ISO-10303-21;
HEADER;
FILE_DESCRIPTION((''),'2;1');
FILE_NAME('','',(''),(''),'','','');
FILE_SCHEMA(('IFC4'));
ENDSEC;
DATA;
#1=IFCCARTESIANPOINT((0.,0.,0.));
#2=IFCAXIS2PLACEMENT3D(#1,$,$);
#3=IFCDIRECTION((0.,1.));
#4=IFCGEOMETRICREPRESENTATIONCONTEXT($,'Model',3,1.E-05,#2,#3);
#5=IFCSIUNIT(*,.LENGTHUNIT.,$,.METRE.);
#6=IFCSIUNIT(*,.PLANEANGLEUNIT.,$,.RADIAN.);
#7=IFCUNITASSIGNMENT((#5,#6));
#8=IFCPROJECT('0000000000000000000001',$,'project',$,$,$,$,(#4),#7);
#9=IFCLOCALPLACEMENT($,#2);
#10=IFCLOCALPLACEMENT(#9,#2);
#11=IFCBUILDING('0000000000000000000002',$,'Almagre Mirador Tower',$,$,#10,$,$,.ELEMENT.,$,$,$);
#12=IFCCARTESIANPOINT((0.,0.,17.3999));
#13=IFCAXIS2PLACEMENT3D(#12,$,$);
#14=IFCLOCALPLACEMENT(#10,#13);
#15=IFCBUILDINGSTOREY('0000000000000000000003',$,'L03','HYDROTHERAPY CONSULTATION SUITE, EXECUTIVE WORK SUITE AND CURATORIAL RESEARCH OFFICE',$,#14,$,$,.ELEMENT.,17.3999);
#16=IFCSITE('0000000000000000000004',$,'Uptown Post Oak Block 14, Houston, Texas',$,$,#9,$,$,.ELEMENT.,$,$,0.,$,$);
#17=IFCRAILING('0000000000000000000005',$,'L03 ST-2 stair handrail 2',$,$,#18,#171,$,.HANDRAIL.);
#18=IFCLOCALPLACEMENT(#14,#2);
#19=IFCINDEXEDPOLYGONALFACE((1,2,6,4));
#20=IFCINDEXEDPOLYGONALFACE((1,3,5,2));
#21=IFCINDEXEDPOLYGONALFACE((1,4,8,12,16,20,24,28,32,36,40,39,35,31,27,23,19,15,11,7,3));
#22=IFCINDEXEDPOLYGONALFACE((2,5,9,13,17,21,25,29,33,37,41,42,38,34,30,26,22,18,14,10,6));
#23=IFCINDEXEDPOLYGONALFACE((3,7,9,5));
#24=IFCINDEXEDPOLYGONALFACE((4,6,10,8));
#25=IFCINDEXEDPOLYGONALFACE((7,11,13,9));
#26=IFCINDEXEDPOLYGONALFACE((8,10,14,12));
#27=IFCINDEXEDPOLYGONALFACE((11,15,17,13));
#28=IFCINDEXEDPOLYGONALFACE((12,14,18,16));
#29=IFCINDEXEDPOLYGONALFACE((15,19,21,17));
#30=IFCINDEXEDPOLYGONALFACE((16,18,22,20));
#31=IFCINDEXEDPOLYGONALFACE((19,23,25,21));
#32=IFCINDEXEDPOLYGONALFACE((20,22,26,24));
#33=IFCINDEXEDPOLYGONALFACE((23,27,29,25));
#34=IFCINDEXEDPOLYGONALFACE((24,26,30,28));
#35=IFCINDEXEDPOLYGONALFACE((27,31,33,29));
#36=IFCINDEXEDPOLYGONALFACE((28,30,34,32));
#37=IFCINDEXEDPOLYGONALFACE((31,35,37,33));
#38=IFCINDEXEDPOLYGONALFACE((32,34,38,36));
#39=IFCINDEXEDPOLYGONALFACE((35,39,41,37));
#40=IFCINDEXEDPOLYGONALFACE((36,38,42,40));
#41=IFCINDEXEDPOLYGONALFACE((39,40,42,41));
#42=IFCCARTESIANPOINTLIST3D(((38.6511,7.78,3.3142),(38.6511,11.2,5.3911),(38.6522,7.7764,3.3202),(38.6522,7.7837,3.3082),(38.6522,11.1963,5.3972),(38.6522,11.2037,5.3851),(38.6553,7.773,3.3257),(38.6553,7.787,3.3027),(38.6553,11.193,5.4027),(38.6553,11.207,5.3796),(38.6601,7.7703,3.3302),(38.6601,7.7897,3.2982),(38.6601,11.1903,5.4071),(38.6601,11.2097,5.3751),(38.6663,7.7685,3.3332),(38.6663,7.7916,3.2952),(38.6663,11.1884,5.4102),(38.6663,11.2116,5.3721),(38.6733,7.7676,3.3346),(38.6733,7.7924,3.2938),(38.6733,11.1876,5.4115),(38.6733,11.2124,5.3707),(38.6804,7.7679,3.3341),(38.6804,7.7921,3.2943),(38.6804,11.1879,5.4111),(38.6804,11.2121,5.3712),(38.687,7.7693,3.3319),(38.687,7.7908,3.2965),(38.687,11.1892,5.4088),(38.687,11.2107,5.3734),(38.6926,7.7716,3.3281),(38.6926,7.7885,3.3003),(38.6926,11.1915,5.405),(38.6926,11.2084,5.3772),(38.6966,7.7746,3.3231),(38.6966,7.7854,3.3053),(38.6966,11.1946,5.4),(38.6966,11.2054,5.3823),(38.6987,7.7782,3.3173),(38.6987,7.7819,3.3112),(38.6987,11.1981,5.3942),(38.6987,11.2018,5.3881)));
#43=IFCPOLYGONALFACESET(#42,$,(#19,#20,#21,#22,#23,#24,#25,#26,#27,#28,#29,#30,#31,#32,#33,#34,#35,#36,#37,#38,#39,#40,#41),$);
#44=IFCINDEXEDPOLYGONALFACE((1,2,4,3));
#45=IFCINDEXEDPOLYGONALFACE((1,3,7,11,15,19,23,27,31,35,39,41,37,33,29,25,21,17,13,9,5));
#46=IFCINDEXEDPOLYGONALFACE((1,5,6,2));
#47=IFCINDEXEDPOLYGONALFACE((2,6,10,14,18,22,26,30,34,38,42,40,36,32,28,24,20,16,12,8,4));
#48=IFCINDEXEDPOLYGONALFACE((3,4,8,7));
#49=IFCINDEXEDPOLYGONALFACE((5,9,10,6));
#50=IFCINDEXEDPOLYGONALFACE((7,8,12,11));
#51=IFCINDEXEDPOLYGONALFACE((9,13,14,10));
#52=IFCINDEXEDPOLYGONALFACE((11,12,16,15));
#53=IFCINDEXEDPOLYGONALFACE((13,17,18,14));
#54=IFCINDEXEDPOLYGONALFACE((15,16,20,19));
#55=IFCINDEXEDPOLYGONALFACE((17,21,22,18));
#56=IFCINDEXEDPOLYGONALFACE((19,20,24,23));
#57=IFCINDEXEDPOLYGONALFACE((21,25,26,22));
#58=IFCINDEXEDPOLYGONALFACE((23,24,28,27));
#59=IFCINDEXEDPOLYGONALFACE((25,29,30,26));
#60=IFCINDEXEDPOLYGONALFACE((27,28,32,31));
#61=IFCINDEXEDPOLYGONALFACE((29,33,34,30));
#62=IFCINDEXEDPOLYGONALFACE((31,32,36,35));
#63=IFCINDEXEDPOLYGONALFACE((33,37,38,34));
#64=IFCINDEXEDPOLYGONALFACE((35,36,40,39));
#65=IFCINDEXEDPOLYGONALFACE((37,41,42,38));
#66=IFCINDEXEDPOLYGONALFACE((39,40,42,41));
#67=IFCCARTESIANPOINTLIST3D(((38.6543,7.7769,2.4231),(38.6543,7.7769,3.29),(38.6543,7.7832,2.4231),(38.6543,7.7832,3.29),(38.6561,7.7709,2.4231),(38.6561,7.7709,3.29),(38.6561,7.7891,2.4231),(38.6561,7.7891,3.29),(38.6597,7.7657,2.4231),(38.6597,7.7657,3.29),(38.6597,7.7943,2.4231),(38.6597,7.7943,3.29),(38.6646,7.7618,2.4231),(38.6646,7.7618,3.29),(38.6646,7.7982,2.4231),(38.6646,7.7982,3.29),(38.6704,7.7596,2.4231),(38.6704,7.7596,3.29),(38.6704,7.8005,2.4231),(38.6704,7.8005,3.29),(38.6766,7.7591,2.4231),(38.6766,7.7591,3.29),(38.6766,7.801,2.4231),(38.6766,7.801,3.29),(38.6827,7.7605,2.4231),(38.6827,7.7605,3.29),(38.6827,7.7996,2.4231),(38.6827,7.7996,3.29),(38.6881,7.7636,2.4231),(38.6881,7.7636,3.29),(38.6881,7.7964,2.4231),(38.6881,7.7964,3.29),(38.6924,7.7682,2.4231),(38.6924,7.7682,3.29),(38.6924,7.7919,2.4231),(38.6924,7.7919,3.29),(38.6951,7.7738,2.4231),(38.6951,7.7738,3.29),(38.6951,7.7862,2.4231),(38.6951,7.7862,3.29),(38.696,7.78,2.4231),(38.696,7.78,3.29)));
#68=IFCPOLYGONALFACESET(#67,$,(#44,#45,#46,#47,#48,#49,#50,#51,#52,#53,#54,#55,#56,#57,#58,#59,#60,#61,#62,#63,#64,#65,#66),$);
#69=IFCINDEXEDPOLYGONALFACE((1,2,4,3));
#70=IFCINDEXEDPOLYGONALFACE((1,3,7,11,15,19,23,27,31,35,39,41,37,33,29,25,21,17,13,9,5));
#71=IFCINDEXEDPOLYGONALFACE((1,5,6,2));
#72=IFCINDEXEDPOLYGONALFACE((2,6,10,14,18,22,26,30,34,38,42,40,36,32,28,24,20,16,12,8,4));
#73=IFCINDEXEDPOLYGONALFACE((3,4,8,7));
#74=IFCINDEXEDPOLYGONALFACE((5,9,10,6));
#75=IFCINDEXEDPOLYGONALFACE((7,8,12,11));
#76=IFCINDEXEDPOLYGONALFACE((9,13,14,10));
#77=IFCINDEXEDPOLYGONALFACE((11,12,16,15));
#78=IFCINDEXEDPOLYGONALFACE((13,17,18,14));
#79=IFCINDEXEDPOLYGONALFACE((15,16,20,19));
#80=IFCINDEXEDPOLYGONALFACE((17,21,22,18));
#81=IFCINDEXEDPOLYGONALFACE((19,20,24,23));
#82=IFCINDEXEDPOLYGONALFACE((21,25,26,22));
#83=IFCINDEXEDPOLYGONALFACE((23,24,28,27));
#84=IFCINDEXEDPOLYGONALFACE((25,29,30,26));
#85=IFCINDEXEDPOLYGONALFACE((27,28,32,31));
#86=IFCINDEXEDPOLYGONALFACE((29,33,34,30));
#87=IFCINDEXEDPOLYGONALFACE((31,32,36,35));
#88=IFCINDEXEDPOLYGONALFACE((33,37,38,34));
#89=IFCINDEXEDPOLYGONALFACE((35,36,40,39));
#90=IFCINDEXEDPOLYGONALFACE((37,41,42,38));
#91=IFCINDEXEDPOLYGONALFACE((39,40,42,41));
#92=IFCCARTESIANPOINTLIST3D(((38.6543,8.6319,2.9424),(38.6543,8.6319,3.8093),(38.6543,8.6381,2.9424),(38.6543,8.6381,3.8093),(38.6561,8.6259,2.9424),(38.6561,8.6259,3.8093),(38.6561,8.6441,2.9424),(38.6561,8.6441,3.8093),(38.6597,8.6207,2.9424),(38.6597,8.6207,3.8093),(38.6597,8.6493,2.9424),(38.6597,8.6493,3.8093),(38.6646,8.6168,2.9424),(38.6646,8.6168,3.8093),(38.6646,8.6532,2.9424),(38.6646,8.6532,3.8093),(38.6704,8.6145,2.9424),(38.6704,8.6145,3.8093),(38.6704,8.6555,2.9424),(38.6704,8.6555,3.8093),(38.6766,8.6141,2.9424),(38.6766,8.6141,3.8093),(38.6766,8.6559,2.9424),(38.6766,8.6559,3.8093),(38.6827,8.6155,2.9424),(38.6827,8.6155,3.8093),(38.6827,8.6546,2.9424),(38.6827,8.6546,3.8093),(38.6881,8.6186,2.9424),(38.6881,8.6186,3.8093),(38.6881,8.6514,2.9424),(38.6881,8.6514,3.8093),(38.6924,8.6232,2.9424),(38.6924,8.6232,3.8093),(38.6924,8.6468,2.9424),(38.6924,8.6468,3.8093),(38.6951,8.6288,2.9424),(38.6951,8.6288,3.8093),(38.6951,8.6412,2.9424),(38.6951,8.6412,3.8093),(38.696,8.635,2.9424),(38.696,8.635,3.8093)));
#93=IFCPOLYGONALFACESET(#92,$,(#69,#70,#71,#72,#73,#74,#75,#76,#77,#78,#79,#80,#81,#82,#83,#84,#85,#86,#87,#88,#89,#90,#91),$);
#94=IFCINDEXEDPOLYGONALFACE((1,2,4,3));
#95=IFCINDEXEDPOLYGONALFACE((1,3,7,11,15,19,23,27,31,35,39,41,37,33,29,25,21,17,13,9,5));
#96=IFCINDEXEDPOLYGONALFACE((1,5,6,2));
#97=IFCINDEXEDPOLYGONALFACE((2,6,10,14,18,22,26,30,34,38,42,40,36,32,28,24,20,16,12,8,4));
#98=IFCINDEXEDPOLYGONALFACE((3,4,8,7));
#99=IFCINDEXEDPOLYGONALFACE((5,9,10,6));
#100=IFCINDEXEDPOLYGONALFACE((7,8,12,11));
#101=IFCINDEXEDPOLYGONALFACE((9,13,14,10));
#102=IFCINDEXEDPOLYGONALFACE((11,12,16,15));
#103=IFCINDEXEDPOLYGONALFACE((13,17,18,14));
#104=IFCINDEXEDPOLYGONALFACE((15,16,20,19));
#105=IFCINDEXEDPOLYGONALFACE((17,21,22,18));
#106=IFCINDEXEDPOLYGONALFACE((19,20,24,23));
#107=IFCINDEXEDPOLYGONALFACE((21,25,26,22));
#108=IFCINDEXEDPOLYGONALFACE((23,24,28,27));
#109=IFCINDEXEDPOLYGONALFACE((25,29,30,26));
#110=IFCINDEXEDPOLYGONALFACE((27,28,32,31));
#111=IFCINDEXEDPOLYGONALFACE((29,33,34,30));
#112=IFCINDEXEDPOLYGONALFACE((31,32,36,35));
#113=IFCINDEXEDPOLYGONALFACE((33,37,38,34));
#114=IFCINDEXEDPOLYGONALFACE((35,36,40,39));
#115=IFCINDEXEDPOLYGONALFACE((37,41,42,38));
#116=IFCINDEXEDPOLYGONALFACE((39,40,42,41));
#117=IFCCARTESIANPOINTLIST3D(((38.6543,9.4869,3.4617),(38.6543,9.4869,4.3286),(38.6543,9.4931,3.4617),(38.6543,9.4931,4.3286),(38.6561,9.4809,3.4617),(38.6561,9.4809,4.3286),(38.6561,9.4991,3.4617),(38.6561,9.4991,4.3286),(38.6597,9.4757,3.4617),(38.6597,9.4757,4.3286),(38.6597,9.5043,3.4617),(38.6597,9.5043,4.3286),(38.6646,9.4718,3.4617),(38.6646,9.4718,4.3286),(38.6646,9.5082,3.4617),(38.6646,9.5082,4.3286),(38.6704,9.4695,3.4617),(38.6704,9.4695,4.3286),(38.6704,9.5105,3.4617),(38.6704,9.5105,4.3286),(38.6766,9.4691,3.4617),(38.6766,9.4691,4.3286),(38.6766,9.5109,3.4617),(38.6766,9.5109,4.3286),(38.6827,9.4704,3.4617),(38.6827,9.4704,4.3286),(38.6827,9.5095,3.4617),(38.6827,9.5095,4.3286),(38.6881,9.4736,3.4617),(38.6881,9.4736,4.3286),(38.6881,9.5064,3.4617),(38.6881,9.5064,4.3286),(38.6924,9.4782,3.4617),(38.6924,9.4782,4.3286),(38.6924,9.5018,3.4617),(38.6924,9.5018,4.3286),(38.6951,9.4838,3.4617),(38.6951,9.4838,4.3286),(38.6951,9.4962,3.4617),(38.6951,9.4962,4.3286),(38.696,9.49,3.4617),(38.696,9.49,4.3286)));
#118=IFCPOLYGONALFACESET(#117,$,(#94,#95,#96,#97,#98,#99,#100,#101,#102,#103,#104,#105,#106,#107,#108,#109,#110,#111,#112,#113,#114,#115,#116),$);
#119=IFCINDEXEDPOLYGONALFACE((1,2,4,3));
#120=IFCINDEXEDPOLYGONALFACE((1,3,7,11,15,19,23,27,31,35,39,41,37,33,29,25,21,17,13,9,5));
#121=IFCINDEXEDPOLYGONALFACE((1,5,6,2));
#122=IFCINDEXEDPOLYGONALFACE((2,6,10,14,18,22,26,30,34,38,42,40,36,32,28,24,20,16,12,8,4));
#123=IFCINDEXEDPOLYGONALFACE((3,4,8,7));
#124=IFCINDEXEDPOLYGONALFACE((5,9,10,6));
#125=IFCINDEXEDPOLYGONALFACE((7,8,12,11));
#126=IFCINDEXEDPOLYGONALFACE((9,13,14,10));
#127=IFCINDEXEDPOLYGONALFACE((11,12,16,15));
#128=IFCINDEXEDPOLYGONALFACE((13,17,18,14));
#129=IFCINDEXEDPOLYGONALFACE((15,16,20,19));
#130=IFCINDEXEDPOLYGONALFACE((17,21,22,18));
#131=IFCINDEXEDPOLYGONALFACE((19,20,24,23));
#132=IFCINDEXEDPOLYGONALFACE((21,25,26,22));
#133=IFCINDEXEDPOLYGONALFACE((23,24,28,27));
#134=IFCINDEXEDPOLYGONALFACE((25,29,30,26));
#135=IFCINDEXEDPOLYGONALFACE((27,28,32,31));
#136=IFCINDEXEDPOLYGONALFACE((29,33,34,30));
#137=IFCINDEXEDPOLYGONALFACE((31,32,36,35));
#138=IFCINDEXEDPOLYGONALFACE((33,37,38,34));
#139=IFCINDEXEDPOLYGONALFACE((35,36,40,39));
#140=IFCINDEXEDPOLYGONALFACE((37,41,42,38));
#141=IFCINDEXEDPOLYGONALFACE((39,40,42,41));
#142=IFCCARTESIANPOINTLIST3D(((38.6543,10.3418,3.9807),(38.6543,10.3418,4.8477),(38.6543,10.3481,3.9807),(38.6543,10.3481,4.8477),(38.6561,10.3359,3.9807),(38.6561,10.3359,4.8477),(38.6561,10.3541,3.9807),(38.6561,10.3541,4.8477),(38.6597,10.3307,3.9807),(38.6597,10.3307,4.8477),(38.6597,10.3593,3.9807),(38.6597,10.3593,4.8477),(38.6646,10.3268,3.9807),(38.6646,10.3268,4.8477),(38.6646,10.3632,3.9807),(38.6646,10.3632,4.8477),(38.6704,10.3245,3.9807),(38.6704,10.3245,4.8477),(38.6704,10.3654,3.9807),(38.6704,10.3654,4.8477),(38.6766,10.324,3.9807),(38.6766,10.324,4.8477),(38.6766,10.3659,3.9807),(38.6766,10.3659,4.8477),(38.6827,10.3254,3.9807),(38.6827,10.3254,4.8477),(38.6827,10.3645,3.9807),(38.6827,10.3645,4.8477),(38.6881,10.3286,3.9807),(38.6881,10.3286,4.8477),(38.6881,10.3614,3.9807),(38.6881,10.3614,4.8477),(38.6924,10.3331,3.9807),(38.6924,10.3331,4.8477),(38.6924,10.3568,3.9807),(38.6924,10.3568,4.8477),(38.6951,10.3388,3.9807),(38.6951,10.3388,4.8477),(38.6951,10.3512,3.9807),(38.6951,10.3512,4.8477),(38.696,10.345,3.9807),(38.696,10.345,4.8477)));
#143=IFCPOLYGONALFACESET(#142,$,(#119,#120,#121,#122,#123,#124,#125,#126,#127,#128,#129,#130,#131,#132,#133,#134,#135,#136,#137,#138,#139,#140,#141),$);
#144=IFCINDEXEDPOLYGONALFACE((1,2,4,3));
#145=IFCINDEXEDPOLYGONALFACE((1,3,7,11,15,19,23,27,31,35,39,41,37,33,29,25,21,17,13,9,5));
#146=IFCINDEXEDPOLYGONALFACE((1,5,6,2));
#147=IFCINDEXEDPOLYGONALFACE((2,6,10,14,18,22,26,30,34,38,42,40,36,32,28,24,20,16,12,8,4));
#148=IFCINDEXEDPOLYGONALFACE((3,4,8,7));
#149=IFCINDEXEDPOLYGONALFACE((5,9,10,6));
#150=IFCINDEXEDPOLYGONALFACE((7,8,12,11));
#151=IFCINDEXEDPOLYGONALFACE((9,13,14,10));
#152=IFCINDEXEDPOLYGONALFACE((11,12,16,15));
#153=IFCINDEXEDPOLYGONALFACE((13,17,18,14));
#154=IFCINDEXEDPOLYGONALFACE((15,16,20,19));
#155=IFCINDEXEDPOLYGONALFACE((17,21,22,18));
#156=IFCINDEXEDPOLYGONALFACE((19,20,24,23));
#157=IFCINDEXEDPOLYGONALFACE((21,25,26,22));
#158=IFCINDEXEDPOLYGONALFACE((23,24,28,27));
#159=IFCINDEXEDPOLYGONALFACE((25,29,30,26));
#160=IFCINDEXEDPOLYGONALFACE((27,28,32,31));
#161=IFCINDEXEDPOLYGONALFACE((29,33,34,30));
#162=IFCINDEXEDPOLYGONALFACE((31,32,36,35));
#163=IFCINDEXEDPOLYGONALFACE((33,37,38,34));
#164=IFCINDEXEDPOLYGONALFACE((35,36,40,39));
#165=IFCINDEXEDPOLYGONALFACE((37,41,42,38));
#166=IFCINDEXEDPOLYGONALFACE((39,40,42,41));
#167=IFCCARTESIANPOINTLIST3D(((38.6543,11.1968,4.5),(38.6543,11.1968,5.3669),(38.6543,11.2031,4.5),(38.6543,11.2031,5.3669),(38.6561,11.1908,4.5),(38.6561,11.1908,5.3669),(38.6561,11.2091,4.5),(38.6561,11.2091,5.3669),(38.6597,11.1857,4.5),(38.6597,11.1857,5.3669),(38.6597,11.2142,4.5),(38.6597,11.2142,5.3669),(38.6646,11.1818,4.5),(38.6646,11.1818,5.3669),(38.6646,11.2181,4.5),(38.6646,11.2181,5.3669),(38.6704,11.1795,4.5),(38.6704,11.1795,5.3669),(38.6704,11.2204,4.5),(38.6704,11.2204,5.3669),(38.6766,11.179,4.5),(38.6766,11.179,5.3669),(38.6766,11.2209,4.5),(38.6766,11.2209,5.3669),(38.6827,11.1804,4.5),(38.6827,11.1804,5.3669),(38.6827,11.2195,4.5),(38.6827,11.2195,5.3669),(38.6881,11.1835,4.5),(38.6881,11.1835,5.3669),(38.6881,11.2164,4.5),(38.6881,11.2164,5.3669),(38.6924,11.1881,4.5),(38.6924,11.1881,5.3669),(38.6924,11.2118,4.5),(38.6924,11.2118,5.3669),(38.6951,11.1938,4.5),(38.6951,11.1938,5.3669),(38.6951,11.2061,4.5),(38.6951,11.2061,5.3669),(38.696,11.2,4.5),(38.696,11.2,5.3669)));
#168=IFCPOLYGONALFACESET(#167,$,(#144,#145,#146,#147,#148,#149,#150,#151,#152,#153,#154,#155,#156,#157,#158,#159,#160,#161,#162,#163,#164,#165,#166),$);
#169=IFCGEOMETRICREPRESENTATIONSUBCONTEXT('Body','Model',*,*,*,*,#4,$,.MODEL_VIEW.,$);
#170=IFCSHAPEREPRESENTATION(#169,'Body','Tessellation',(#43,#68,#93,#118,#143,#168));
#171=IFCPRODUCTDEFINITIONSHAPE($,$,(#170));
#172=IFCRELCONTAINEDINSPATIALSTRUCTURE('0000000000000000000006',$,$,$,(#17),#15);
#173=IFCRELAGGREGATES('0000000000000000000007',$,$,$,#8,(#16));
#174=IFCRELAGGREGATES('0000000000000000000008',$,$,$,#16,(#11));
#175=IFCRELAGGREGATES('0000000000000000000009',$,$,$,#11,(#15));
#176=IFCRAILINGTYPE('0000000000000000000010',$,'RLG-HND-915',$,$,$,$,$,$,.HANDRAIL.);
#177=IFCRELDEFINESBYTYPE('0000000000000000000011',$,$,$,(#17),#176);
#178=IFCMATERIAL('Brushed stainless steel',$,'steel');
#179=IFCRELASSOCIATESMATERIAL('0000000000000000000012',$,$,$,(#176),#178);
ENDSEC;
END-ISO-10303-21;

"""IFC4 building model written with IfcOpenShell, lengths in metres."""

from ifc_helpers import new_model, si_unit, direction, frame, origin, origin_2d, place, context, subcontext, project, spatial, circle, extrude, material, type_object, element, save


model = new_model("IFC4")

# Units and contexts
model_context = context("Model", 3, precision=1e-05, world=origin(), true_north=direction((0.0, 1.0)))
body_context = subcontext(model_context, "Body", "Model", "MODEL_VIEW")
ifc_project = project(units=[si_unit("LENGTHUNIT", "METRE"), si_unit("PLANEANGLEUNIT", "RADIAN")], contexts=[model_context])

# Site, building, storey
site_placement = place(None, origin())
site = spatial("IfcSite", under=ifc_project, at=site_placement, Name="Uptown Post Oak Block 14, Houston, Texas", CompositionType="ELEMENT", RefElevation=0.0)
building_placement = place(site_placement, origin())
building = spatial("IfcBuilding", under=site, at=building_placement, Name="Almagre Mirador Tower", CompositionType="ELEMENT")
storey_placement = place(building_placement, frame((0.0, 0.0, 17.3999)))
storey = spatial("IfcBuildingStorey", under=building, at=storey_placement, Name="L03", Description="HYDROTHERAPY CONSULTATION SUITE, EXECUTIVE WORK SUITE AND CURATORIAL RESEARCH OFFICE", CompositionType="ELEMENT", Elevation=17.3999)

# Railing
ifc_material_1 = material(Name="Brushed stainless steel", Category="steel")
railing_type_1 = type_object("IfcRailingType", Name="RLG-HND-915", PredefinedType="HANDRAIL", material=ifc_material_1)
railing_1_placement = place(storey_placement, frame((38.675, 7.78, 2.4231)))
element("IfcRailing", 1, at=railing_1_placement, inside=storey, type_object=railing_type_1, Name="L03 ST-2 stair handrail 2", PredefinedType="HANDRAIL", context=body_context, shape_type="SweptSolid", body=[
    extrude(circle(Radius=0.0239, at=origin_2d()), frame((0.0, 0.0, 0.8911), z_axis=(0.0, 0.85473, 0.519074), x_axis=(-1.0, 0.0, 0.0)), (0.0, 0.0, 1.0), 4.0012),
    extrude(circle(Radius=0.021, at=origin_2d()), origin(), (0.0, 0.0, 1.0), 0.8669),
    extrude(circle(Radius=0.021, at=origin_2d()), frame((0.0, 0.855, 0.5193)), (0.0, 0.0, 1.0), 0.8669),
    extrude(circle(Radius=0.021, at=origin_2d()), frame((0.0, 1.71, 1.0386)), (0.0, 0.0, 1.0), 0.8669),
    extrude(circle(Radius=0.021, at=origin_2d()), frame((0.0, 2.5649, 1.5576)), (0.0, 0.0, 1.0), 0.8669),
    extrude(circle(Radius=0.021, at=origin_2d()), frame((0.0, 3.4199, 2.0769)), (0.0, 0.0, 1.0), 0.8669),
])

save(model, "model.ifc")
